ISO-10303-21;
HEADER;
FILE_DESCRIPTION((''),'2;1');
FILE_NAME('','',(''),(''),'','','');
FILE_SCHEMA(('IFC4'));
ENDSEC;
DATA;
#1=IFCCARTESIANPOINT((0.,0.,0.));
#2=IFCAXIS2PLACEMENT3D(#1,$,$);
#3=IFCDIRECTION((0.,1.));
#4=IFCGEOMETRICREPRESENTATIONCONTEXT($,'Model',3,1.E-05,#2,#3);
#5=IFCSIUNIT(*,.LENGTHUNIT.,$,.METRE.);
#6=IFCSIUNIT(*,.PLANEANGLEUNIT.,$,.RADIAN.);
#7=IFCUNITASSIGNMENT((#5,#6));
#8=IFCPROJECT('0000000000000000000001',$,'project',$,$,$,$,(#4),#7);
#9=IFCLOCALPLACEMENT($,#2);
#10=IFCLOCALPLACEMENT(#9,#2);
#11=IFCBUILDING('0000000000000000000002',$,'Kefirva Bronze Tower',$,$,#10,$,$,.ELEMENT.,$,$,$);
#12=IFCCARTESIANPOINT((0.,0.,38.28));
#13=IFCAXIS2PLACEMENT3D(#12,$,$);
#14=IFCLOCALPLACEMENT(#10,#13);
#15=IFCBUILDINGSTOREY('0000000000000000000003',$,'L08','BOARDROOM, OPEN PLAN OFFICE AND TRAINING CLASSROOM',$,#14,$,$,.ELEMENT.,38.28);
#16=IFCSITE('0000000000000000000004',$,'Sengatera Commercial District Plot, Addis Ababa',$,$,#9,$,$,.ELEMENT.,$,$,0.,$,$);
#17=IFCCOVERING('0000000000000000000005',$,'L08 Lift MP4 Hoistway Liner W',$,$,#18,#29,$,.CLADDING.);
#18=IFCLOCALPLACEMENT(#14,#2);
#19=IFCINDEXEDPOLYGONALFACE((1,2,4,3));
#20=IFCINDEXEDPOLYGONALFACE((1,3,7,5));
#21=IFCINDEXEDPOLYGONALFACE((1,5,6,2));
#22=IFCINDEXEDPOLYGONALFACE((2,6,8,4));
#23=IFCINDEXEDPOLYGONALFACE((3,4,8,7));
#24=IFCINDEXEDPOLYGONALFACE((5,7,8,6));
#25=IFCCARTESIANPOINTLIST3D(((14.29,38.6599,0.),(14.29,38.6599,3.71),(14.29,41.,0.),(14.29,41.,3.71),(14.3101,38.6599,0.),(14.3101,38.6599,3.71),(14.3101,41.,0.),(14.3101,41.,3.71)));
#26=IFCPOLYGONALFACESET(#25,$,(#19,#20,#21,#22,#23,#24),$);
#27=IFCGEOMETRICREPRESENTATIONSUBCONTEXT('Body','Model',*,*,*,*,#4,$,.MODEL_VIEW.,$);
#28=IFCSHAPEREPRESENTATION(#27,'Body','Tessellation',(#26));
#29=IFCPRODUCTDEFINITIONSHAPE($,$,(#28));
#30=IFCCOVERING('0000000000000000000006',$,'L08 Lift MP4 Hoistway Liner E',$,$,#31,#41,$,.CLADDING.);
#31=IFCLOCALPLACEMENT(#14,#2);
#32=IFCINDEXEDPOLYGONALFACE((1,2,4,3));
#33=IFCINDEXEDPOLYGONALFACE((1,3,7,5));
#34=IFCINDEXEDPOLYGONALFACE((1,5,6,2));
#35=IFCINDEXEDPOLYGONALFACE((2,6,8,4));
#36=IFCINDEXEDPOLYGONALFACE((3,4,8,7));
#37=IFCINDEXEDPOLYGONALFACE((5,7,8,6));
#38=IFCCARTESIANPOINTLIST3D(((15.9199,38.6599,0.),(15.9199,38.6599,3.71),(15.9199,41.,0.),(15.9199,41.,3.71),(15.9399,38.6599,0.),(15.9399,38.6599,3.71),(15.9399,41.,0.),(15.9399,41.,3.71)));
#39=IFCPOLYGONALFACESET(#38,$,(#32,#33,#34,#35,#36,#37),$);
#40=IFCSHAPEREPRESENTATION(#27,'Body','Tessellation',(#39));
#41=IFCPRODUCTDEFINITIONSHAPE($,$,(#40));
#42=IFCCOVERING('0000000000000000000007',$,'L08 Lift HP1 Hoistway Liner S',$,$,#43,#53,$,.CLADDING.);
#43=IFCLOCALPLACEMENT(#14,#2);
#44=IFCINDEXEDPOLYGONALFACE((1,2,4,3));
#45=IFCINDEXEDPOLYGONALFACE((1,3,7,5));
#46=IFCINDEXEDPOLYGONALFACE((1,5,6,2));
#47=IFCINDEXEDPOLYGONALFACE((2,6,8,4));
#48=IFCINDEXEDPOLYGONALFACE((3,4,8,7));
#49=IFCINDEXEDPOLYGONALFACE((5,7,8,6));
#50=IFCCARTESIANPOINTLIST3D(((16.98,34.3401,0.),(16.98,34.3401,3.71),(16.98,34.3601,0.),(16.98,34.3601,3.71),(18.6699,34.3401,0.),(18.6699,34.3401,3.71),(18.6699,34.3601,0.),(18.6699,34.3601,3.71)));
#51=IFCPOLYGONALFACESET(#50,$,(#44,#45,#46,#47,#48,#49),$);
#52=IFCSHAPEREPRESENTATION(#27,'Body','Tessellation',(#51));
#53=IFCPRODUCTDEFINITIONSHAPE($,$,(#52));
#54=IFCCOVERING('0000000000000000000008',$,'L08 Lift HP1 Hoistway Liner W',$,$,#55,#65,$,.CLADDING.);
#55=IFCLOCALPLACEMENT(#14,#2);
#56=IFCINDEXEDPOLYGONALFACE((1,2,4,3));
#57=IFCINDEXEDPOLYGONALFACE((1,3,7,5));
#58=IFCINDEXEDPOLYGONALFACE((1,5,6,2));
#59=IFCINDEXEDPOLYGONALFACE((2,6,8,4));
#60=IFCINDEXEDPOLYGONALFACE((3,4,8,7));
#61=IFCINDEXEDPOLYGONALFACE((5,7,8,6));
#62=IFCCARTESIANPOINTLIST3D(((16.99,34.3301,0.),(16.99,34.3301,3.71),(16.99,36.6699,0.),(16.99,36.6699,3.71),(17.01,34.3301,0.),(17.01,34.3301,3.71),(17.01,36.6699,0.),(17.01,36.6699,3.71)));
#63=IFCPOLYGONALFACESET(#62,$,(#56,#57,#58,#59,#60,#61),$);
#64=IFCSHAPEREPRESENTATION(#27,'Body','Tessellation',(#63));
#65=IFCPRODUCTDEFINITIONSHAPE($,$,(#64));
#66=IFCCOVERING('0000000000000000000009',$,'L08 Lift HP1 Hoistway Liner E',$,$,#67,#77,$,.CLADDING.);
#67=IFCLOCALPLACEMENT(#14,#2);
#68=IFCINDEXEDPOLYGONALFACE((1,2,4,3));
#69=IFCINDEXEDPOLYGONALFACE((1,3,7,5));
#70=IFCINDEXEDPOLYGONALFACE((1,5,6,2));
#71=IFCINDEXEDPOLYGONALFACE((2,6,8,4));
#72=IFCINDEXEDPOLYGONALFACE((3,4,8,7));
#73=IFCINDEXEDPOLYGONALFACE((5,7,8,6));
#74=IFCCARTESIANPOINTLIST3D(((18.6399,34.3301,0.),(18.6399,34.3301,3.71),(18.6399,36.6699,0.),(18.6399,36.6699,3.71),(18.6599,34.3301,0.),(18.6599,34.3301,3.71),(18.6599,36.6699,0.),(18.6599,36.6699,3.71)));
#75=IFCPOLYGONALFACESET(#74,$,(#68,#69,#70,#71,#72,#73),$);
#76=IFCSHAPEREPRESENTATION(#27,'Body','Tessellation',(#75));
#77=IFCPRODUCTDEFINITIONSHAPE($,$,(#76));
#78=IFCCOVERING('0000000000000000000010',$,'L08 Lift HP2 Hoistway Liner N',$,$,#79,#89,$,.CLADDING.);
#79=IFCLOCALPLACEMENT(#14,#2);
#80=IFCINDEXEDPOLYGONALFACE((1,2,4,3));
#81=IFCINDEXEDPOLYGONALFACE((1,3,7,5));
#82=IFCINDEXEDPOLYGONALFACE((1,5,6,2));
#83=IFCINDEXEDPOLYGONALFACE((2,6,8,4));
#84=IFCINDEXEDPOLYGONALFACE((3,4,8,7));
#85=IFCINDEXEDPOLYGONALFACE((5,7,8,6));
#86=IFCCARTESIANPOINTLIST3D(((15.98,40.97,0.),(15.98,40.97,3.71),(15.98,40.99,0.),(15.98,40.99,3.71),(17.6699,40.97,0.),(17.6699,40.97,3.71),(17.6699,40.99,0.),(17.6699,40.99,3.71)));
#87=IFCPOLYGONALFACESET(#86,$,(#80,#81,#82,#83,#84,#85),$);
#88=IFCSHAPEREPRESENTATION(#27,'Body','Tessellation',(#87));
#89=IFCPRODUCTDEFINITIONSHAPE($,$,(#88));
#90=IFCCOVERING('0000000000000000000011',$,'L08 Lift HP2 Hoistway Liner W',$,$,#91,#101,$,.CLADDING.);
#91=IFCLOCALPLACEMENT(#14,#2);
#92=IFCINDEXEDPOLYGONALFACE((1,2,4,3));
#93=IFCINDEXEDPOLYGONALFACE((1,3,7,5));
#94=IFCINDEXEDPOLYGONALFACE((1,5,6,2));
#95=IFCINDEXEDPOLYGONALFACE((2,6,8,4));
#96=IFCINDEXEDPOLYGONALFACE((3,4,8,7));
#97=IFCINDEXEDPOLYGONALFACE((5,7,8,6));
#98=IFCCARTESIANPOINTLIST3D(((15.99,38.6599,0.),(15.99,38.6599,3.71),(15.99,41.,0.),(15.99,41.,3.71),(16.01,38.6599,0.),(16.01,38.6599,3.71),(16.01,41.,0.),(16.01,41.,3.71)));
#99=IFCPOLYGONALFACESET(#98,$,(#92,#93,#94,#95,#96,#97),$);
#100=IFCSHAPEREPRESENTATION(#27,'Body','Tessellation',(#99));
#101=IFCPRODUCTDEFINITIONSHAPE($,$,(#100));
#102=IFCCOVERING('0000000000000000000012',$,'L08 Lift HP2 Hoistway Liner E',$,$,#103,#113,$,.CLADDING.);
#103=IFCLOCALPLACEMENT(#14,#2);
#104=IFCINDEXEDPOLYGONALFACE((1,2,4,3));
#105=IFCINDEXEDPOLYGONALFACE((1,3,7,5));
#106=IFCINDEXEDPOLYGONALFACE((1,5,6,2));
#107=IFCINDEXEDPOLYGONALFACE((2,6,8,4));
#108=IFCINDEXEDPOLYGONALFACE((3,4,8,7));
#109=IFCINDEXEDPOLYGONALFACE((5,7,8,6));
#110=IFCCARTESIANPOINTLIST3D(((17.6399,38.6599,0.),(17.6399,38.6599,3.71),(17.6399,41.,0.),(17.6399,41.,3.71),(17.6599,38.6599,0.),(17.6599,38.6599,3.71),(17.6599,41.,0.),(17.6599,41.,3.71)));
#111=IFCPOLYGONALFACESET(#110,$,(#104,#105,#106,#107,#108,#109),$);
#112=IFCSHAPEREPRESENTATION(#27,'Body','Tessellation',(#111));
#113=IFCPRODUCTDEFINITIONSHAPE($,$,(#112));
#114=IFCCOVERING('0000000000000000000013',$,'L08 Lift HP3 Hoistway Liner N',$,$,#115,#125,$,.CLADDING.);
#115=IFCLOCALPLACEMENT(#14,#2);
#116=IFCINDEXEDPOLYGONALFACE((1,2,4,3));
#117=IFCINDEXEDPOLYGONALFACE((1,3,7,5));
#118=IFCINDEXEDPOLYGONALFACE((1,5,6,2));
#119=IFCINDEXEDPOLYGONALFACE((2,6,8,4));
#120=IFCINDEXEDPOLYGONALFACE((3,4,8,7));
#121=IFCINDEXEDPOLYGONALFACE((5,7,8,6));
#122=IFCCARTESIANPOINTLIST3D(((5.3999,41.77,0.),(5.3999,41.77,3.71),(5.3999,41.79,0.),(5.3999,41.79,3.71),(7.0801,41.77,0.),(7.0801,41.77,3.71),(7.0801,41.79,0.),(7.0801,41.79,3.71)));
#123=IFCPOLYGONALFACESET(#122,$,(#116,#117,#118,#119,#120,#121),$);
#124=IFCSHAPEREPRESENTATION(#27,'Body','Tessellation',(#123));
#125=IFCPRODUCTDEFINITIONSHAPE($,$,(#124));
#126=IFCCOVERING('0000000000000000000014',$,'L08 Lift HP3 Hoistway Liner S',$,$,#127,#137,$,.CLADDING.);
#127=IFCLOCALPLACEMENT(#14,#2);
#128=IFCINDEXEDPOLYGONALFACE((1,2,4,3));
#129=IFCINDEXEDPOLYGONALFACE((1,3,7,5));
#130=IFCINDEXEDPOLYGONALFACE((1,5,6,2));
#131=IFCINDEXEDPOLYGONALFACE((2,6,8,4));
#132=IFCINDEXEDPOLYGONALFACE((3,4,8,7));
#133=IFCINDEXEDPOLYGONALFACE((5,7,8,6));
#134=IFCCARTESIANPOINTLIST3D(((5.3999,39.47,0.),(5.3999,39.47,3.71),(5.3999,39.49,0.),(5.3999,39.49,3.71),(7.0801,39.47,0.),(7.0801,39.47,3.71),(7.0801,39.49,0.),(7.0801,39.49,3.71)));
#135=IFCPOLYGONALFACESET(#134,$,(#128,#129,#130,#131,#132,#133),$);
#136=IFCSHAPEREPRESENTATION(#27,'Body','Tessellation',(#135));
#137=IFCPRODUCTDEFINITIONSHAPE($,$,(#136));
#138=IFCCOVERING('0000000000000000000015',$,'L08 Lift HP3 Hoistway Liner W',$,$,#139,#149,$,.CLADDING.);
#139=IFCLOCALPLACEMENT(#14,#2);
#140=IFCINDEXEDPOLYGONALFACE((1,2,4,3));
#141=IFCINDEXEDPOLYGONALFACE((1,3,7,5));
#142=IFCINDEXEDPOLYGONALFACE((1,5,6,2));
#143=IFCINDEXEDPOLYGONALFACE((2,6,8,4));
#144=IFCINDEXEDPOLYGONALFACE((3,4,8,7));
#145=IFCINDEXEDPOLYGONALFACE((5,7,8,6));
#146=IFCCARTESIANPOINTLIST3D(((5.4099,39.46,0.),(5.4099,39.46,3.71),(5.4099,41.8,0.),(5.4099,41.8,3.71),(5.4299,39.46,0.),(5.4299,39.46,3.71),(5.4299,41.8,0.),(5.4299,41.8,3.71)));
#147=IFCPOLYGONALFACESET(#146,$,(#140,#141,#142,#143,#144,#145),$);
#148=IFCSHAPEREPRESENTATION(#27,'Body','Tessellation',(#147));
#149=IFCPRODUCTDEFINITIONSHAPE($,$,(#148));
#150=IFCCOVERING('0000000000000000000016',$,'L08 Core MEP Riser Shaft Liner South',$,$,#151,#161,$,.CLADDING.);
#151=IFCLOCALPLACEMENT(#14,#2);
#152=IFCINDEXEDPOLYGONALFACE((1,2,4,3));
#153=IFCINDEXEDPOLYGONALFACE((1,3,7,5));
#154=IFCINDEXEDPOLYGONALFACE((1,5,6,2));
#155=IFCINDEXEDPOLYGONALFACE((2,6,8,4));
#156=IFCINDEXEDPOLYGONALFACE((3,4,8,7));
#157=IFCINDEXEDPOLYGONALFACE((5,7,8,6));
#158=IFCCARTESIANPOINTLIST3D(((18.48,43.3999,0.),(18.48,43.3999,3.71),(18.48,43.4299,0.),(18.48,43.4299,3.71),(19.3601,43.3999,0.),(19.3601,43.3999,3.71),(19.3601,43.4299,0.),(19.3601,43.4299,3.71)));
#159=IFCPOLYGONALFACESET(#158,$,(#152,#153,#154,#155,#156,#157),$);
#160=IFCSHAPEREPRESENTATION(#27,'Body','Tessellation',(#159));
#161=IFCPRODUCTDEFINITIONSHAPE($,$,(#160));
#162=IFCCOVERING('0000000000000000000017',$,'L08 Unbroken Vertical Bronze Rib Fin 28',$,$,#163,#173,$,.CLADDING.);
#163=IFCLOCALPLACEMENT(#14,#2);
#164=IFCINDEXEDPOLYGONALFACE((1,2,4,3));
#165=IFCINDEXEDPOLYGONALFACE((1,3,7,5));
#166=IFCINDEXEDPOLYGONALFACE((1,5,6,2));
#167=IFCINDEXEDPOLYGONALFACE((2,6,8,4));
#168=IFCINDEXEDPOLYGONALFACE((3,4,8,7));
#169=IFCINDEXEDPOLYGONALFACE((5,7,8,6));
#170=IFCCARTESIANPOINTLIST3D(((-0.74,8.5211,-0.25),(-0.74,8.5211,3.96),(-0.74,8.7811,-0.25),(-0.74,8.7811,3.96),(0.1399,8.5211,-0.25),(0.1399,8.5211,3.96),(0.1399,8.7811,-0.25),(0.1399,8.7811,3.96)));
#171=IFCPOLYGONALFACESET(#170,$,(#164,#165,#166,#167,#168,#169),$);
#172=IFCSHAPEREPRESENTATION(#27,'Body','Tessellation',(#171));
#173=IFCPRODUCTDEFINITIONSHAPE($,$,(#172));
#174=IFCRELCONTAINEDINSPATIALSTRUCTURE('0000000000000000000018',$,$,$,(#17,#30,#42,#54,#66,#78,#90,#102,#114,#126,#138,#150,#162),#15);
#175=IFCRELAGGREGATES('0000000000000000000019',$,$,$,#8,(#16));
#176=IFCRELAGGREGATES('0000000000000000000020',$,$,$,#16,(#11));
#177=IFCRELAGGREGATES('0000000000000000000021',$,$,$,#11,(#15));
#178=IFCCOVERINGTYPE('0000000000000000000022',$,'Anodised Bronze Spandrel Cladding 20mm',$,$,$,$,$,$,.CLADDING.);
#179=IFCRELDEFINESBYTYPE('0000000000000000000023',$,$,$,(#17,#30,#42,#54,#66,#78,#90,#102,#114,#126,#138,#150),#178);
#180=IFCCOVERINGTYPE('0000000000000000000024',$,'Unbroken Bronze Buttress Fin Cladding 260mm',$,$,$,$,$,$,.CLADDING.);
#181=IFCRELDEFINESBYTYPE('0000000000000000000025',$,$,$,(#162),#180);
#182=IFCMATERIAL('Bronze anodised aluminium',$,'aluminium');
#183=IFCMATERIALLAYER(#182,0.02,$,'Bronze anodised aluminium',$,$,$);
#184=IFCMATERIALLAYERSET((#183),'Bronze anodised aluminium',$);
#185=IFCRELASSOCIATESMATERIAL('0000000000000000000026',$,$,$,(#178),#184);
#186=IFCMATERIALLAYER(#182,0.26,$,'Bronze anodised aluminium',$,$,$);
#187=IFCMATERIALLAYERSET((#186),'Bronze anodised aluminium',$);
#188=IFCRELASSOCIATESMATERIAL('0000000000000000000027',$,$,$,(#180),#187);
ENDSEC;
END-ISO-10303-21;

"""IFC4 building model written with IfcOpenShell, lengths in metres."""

from ifc_helpers import new_model, si_unit, direction, frame, origin, origin_2d, place, context, subcontext, project, spatial, polyline, rectangle, outline, extrude, material, layer, layer_set, type_object, element, save


model = new_model("IFC4")

# Units and contexts
model_context = context("Model", 3, precision=1e-05, world=origin(), true_north=direction((0.0, 1.0)))
body_context = subcontext(model_context, "Body", "Model", "MODEL_VIEW")
ifc_project = project(units=[si_unit("LENGTHUNIT", "METRE"), si_unit("PLANEANGLEUNIT", "RADIAN")], contexts=[model_context])

# Site, building, storey
site_placement = place(None, origin())
site = spatial("IfcSite", under=ifc_project, at=site_placement, Name="Sengatera Commercial District Plot, Addis Ababa", CompositionType="ELEMENT", RefElevation=0.0)
building_placement = place(site_placement, origin())
building = spatial("IfcBuilding", under=site, at=building_placement, Name="Kefirva Bronze Tower", CompositionType="ELEMENT")
storey_placement = place(building_placement, frame((0.0, 0.0, 38.28)))
storey = spatial("IfcBuildingStorey", under=building, at=storey_placement, Name="L08", Description="BOARDROOM, OPEN PLAN OFFICE AND TRAINING CLASSROOM", CompositionType="ELEMENT", Elevation=38.28)

# Coverings
ifc_material = material(Name="Bronze anodised aluminium", Category="aluminium")
ifc_layer_1 = layer(ifc_material, 0.02, Name="Bronze anodised aluminium")
ifc_layer_set_1 = layer_set([ifc_layer_1], Name="Bronze anodised aluminium")
covering_type_1 = type_object("IfcCoveringType", Name="Anodised Bronze Spandrel Cladding 20mm", PredefinedType="CLADDING", material=ifc_layer_set_1)
covering_1_placement = place(storey_placement, origin())
element("IfcCovering", 1, at=covering_1_placement, inside=storey, type_object=covering_type_1, Name="L08 Lift MP4 Hoistway Liner W", PredefinedType="CLADDING", context=body_context, shape_type="SweptSolid", body=[
    extrude(outline(polyline([(14.29, 38.6599), (14.3101, 38.6599), (14.3101, 41.0), (14.29, 41.0), (14.29, 38.6599)])), origin(), (0.0, 0.0, 1.0), 3.71),
])
covering_2_placement = place(storey_placement, origin())
element("IfcCovering", 2, at=covering_2_placement, inside=storey, type_object=covering_type_1, Name="L08 Lift MP4 Hoistway Liner E", PredefinedType="CLADDING", context=body_context, shape_type="SweptSolid", body=[
    extrude(outline(polyline([(15.9199, 38.6599), (15.9399, 38.6599), (15.9399, 41.0), (15.9199, 41.0), (15.9199, 38.6599)])), origin(), (0.0, 0.0, 1.0), 3.71),
])
covering_3_placement = place(storey_placement, origin())
element("IfcCovering", 3, at=covering_3_placement, inside=storey, type_object=covering_type_1, Name="L08 Lift HP1 Hoistway Liner S", PredefinedType="CLADDING", context=body_context, shape_type="SweptSolid", body=[
    extrude(outline(polyline([(16.98, 34.3401), (18.6699, 34.3401), (18.6699, 34.3601), (16.98, 34.3601), (16.98, 34.3401)])), origin(), (0.0, 0.0, 1.0), 3.71),
])
covering_4_placement = place(storey_placement, origin())
element("IfcCovering", 4, at=covering_4_placement, inside=storey, type_object=covering_type_1, Name="L08 Lift HP1 Hoistway Liner W", PredefinedType="CLADDING", context=body_context, shape_type="SweptSolid", body=[
    extrude(outline(polyline([(16.99, 34.3301), (17.01, 34.3301), (17.01, 36.6699), (16.99, 36.6699), (16.99, 34.3301)])), origin(), (0.0, 0.0, 1.0), 3.71),
])
covering_5_placement = place(storey_placement, origin())
element("IfcCovering", 5, at=covering_5_placement, inside=storey, type_object=covering_type_1, Name="L08 Lift HP1 Hoistway Liner E", PredefinedType="CLADDING", context=body_context, shape_type="SweptSolid", body=[
    extrude(outline(polyline([(18.6399, 34.3301), (18.6599, 34.3301), (18.6599, 36.6699), (18.6399, 36.6699), (18.6399, 34.3301)])), origin(), (0.0, 0.0, 1.0), 3.71),
])
covering_6_placement = place(storey_placement, origin())
element("IfcCovering", 6, at=covering_6_placement, inside=storey, type_object=covering_type_1, Name="L08 Lift HP2 Hoistway Liner N", PredefinedType="CLADDING", context=body_context, shape_type="SweptSolid", body=[
    extrude(outline(polyline([(15.98, 40.97), (17.6699, 40.97), (17.6699, 40.99), (15.98, 40.99), (15.98, 40.97)])), origin(), (0.0, 0.0, 1.0), 3.71),
])
covering_7_placement = place(storey_placement, origin())
element("IfcCovering", 7, at=covering_7_placement, inside=storey, type_object=covering_type_1, Name="L08 Lift HP2 Hoistway Liner W", PredefinedType="CLADDING", context=body_context, shape_type="SweptSolid", body=[
    extrude(outline(polyline([(15.99, 38.6599), (16.01, 38.6599), (16.01, 41.0), (15.99, 41.0), (15.99, 38.6599)])), origin(), (0.0, 0.0, 1.0), 3.71),
])
covering_8_placement = place(storey_placement, origin())
element("IfcCovering", 8, at=covering_8_placement, inside=storey, type_object=covering_type_1, Name="L08 Lift HP2 Hoistway Liner E", PredefinedType="CLADDING", context=body_context, shape_type="SweptSolid", body=[
    extrude(outline(polyline([(17.6399, 38.6599), (17.6599, 38.6599), (17.6599, 41.0), (17.6399, 41.0), (17.6399, 38.6599)])), origin(), (0.0, 0.0, 1.0), 3.71),
])
covering_9_placement = place(storey_placement, origin())
element("IfcCovering", 9, at=covering_9_placement, inside=storey, type_object=covering_type_1, Name="L08 Lift HP3 Hoistway Liner N", PredefinedType="CLADDING", context=body_context, shape_type="SweptSolid", body=[
    extrude(outline(polyline([(5.3999, 41.77), (7.0801, 41.77), (7.0801, 41.79), (5.3999, 41.79), (5.3999, 41.77)])), origin(), (0.0, 0.0, 1.0), 3.71),
])
covering_10_placement = place(storey_placement, origin())
element("IfcCovering", 10, at=covering_10_placement, inside=storey, type_object=covering_type_1, Name="L08 Lift HP3 Hoistway Liner S", PredefinedType="CLADDING", context=body_context, shape_type="SweptSolid", body=[
    extrude(outline(polyline([(5.3999, 39.47), (7.0801, 39.47), (7.0801, 39.49), (5.3999, 39.49), (5.3999, 39.47)])), origin(), (0.0, 0.0, 1.0), 3.71),
])
covering_11_placement = place(storey_placement, origin())
element("IfcCovering", 11, at=covering_11_placement, inside=storey, type_object=covering_type_1, Name="L08 Lift HP3 Hoistway Liner W", PredefinedType="CLADDING", context=body_context, shape_type="SweptSolid", body=[
    extrude(outline(polyline([(5.4099, 39.46), (5.4299, 39.46), (5.4299, 41.8), (5.4099, 41.8), (5.4099, 39.46)])), origin(), (0.0, 0.0, 1.0), 3.71),
])
covering_12_placement = place(storey_placement, origin())
element("IfcCovering", 12, at=covering_12_placement, inside=storey, type_object=covering_type_1, Name="L08 Core MEP Riser Shaft Liner South", PredefinedType="CLADDING", context=body_context, shape_type="SweptSolid", body=[
    extrude(outline(polyline([(18.48, 43.3999), (19.3601, 43.3999), (19.3601, 43.4299), (18.48, 43.4299), (18.48, 43.3999)])), origin(), (0.0, 0.0, 1.0), 3.71),
])
ifc_layer_2 = layer(ifc_material, 0.26, Name="Bronze anodised aluminium")
ifc_layer_set_2 = layer_set([ifc_layer_2], Name="Bronze anodised aluminium")
covering_type_2 = type_object("IfcCoveringType", Name="Unbroken Bronze Buttress Fin Cladding 260mm", PredefinedType="CLADDING", material=ifc_layer_set_2)
covering_13_placement = place(storey_placement, frame((-0.3, 8.6511, -0.25), z_axis=(0.0, 0.0, 1.0), x_axis=(0.0, -1.0, 0.0)))
element("IfcCovering", 13, at=covering_13_placement, inside=storey, type_object=covering_type_2, Name="L08 Unbroken Vertical Bronze Rib Fin 28", PredefinedType="CLADDING", context=body_context, shape_type="SweptSolid", body=[
    extrude(rectangle(XDim=0.26, YDim=0.8799, at=origin_2d()), origin(), (0.0, 0.0, 1.0), 4.21),
])

save(model, "model.ifc")
